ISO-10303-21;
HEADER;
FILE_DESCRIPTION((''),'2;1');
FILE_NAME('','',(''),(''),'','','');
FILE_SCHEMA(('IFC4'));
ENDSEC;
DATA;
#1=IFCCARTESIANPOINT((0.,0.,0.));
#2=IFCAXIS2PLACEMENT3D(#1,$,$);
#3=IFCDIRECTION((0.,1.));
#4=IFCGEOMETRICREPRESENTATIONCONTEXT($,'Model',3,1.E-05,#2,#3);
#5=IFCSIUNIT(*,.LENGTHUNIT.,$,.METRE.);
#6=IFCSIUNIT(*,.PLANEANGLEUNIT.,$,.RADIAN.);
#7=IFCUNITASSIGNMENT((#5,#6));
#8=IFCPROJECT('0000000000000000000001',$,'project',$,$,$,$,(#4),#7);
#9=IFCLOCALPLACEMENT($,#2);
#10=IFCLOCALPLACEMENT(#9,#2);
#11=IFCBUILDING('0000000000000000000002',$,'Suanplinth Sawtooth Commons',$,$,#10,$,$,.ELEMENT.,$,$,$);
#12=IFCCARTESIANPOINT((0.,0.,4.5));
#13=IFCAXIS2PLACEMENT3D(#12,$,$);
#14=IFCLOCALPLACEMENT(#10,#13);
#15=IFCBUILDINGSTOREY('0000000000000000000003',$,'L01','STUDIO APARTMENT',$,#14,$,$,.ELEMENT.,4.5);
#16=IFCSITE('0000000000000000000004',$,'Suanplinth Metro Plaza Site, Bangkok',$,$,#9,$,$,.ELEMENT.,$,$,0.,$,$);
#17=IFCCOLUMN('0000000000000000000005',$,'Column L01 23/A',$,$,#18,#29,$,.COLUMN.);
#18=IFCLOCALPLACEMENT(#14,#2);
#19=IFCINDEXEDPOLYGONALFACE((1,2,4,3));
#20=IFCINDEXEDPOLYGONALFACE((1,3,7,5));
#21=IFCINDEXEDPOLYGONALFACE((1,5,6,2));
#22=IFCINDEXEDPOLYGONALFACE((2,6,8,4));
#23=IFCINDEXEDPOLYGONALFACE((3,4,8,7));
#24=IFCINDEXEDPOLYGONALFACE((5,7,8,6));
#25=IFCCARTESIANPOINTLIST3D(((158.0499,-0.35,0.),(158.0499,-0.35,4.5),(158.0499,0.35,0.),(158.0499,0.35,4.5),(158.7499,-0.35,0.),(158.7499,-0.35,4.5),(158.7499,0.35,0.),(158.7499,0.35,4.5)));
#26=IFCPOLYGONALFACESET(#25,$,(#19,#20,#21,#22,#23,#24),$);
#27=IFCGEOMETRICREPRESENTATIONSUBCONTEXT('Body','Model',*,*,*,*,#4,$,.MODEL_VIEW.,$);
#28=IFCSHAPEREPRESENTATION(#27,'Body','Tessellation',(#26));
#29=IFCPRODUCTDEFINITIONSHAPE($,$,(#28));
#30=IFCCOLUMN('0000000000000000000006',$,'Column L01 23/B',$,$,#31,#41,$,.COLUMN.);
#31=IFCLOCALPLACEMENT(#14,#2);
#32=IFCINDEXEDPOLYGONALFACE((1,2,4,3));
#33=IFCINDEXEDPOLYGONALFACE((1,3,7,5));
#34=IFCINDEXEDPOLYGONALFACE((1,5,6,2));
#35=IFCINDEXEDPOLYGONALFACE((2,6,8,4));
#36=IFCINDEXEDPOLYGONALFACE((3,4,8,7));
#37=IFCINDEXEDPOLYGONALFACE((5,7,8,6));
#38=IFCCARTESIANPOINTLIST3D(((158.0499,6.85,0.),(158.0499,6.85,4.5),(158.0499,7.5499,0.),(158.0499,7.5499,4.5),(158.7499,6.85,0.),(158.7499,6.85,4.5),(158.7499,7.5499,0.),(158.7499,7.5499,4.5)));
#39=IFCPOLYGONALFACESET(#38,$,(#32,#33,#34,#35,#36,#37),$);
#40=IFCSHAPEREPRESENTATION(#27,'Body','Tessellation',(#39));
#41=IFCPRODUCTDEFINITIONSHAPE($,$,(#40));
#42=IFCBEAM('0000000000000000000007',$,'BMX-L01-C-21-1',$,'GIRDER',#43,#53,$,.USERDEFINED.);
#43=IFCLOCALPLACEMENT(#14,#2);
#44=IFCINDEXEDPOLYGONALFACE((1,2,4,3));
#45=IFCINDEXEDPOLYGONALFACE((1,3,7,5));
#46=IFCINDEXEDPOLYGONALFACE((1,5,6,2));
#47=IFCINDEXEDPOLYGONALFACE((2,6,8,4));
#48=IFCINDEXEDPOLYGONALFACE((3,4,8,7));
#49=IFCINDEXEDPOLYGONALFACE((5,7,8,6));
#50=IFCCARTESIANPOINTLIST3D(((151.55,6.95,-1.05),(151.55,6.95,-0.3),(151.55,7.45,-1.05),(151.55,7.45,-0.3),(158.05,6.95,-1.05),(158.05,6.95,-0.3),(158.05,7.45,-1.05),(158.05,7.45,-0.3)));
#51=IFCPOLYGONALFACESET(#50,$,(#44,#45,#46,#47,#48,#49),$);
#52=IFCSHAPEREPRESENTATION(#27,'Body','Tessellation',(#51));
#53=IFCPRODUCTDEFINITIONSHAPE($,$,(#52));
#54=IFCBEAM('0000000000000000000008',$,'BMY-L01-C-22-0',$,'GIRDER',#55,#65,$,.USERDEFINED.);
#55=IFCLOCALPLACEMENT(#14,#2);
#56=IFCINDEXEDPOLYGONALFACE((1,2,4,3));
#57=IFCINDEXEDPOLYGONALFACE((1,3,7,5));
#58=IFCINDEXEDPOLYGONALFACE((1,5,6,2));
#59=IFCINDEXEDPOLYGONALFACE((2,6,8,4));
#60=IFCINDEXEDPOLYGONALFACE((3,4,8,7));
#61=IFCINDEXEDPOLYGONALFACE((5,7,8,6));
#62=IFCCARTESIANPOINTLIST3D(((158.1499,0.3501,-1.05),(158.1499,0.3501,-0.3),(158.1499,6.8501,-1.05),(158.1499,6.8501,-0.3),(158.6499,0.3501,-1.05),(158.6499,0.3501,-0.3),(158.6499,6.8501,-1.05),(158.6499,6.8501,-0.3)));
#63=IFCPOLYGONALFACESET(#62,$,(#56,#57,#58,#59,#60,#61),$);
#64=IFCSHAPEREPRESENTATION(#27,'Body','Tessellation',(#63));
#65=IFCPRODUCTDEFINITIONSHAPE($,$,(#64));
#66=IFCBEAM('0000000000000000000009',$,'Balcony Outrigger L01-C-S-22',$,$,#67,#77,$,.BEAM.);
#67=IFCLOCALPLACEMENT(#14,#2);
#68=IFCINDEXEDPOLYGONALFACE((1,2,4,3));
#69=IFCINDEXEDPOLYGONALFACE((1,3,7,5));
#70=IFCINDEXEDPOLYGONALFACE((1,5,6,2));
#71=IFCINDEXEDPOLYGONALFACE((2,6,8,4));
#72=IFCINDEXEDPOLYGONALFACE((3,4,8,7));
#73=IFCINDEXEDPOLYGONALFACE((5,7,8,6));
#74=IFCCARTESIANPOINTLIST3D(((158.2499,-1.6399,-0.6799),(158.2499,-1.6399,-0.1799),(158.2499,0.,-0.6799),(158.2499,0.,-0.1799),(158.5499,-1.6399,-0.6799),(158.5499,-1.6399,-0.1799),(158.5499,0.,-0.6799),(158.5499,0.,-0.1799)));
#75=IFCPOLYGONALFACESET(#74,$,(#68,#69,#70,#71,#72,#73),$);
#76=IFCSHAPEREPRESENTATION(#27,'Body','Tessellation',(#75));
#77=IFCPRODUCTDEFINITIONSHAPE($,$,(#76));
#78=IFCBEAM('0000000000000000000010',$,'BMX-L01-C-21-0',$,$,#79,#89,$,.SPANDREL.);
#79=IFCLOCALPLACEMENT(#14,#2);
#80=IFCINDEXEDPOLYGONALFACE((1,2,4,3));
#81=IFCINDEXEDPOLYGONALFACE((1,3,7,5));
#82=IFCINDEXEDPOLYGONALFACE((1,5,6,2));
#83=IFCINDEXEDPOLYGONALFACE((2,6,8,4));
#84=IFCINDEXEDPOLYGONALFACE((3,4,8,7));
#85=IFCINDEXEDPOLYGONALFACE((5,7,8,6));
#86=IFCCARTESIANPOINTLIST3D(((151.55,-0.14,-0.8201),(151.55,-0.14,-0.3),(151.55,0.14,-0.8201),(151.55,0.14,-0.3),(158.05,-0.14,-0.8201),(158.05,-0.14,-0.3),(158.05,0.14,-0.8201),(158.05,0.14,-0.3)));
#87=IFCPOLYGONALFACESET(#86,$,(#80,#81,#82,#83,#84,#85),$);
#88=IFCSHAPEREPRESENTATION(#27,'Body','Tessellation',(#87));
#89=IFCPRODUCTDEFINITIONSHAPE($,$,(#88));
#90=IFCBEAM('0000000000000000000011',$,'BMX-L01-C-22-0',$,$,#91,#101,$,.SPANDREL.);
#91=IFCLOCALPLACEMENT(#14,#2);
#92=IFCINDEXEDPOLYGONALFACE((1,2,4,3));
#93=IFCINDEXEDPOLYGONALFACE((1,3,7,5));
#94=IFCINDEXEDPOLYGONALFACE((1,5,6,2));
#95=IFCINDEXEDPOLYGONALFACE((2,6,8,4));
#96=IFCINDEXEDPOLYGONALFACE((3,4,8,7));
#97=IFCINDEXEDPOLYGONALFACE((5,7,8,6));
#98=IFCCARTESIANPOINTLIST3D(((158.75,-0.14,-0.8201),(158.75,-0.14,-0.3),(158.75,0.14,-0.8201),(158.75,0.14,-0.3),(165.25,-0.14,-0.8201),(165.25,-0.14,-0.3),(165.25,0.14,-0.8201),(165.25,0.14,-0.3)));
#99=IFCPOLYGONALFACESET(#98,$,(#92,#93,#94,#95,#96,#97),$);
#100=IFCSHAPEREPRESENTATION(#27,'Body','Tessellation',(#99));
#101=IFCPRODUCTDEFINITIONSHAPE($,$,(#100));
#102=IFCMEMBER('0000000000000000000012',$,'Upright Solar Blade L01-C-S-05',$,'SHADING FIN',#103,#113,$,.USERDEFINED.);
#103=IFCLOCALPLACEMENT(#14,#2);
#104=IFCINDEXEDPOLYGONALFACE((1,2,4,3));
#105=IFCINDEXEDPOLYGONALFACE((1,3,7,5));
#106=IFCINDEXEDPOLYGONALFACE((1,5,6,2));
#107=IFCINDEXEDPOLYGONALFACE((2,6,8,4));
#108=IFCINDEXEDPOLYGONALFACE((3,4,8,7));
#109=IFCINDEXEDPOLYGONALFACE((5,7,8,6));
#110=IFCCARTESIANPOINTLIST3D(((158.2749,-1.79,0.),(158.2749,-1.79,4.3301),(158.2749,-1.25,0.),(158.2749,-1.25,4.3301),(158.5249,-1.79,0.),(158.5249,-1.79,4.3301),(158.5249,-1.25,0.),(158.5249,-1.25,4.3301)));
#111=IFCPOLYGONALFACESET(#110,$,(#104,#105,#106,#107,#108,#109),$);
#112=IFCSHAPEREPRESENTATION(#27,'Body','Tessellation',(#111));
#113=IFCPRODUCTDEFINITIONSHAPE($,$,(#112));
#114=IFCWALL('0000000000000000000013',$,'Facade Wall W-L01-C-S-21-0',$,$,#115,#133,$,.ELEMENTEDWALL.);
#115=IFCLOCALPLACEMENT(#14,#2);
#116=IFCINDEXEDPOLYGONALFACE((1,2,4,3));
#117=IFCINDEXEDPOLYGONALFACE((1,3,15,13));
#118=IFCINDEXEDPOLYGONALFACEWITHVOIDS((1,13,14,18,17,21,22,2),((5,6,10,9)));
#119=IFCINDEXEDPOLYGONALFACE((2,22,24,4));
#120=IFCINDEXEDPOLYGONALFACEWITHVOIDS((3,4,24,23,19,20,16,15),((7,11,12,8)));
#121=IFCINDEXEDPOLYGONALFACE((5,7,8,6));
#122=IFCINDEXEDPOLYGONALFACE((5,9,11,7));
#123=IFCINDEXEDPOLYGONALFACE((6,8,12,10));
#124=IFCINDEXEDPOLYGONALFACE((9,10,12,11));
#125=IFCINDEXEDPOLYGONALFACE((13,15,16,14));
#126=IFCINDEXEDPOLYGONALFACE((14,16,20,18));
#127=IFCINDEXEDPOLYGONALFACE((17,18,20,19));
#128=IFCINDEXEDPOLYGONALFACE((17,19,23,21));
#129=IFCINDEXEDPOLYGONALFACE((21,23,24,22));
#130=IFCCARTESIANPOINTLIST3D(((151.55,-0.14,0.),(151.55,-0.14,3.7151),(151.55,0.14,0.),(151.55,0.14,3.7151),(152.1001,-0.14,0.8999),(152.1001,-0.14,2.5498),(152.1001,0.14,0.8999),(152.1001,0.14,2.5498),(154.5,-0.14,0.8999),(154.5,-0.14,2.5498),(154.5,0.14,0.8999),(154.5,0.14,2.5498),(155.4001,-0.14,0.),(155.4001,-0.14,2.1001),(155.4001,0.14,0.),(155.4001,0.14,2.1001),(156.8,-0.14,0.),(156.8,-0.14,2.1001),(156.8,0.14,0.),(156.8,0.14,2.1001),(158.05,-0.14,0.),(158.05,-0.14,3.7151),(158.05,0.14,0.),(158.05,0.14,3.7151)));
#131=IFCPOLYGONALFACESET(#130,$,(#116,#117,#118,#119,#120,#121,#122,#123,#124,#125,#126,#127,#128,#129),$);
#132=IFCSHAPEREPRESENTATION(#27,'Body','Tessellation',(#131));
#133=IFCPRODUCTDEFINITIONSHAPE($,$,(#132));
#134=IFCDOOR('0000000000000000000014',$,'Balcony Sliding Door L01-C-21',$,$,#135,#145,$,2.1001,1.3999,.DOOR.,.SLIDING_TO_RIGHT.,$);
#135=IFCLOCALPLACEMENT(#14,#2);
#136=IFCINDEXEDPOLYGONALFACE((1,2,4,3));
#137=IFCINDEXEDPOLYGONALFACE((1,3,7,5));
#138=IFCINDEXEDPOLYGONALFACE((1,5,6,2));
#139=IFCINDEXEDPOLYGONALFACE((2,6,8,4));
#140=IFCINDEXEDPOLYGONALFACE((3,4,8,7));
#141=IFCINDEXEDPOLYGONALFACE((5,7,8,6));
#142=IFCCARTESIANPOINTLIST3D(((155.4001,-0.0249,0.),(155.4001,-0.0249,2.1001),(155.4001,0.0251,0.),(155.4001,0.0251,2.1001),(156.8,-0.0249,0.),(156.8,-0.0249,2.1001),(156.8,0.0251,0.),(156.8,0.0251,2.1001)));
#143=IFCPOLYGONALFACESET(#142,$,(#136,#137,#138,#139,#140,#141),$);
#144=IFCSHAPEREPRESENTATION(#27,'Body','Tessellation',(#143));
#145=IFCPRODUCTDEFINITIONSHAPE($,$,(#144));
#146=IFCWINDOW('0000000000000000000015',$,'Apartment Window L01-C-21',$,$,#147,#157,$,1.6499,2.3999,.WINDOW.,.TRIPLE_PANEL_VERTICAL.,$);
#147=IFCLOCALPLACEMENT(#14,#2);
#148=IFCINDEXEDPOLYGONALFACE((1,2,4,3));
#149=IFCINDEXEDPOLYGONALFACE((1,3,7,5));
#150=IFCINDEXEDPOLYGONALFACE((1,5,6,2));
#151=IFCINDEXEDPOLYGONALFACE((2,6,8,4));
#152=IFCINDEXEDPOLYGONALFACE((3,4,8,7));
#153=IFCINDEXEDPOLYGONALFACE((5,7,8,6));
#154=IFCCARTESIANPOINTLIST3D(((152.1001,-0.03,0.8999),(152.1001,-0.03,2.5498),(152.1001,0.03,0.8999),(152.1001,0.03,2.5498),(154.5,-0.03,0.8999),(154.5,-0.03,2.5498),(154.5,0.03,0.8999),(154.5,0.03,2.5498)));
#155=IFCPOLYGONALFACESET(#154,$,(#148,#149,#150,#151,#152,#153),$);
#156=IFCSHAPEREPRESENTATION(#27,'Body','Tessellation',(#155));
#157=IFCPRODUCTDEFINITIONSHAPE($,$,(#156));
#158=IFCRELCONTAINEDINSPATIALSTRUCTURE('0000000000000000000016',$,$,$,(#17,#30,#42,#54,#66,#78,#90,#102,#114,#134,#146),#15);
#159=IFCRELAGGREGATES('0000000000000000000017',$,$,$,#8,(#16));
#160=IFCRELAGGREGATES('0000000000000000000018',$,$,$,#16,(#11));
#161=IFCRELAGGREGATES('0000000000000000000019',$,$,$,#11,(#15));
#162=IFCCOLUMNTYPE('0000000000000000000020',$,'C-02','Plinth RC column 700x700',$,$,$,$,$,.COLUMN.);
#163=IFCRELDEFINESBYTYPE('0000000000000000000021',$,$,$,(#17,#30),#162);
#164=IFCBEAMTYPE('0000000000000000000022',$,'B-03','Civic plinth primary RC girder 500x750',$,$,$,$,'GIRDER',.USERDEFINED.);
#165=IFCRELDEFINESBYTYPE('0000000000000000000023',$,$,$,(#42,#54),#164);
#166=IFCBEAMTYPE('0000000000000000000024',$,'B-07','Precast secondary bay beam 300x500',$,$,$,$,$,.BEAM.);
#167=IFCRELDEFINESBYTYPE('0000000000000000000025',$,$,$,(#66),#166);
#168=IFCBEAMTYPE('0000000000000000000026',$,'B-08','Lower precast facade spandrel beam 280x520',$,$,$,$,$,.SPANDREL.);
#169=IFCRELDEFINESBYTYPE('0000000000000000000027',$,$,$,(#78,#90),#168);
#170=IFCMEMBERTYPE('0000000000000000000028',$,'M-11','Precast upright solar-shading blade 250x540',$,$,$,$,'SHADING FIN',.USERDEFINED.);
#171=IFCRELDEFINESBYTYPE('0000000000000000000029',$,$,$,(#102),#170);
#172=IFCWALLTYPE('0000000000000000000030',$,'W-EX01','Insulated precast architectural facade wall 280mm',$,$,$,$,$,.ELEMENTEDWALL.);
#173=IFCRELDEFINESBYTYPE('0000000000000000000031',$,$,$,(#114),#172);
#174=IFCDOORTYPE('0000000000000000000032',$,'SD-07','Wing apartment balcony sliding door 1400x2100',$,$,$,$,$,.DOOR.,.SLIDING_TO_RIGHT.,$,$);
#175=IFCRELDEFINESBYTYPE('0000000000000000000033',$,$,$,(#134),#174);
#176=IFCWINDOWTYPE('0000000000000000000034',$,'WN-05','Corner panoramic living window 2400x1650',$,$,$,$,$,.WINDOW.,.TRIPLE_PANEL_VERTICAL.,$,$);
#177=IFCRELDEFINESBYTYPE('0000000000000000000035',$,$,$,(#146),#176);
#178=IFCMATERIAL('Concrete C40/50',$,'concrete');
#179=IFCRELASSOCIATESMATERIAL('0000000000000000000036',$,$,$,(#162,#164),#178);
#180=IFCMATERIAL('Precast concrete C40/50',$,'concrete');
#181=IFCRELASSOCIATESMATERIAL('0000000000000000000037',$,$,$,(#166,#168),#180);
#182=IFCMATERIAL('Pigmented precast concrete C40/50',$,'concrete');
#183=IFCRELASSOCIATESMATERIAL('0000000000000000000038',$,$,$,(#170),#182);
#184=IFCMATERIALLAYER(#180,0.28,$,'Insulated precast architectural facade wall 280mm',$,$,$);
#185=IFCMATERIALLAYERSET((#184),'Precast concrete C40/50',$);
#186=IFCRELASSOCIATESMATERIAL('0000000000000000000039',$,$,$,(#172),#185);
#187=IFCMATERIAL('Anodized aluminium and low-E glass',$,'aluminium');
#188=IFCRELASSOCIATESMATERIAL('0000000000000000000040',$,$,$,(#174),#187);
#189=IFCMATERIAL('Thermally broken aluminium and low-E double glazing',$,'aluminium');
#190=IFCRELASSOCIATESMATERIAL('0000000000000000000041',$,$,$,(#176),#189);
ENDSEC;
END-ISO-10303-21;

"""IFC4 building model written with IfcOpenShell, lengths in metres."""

from ifc_helpers import new_model, si_unit, direction, frame, frame_2d, origin, origin_2d, place, context, subcontext, project, spatial, rectangle, extrude, material, layer, layer_set, material_profile, profile_set, type_object, element, fill, save


model = new_model("IFC4")

# Units and contexts
model_context = context("Model", 3, precision=1e-05, world=origin(), true_north=direction((0.0, 1.0)))
body_context = subcontext(model_context, "Body", "Model", "MODEL_VIEW")
ifc_project = project(units=[si_unit("LENGTHUNIT", "METRE"), si_unit("PLANEANGLEUNIT", "RADIAN")], contexts=[model_context])

# Site, building, storey
site_placement = place(None, origin())
site = spatial("IfcSite", under=ifc_project, at=site_placement, Name="Suanplinth Metro Plaza Site, Bangkok", CompositionType="ELEMENT", RefElevation=0.0)
building_placement = place(site_placement, origin())
building = spatial("IfcBuilding", under=site, at=building_placement, Name="Suanplinth Sawtooth Commons", CompositionType="ELEMENT")
storey_placement = place(building_placement, frame((0.0, 0.0, 4.5)))
storey = spatial("IfcBuildingStorey", under=building, at=storey_placement, Name="L01", Description="STUDIO APARTMENT", CompositionType="ELEMENT", Elevation=4.5)

# Columns
ifc_material_1 = material(Name="Concrete C40/50", Category="concrete")
ifc_material_profile_1 = material_profile(ifc_material_1, rectangle(XDim=0.7, YDim=0.7, at=origin_2d()), Name="RC-COL 700x700")
ifc_profile_set_1 = profile_set([ifc_material_profile_1], Name="Concrete C40/50")
column_type = type_object("IfcColumnType", Name="C-02", Description="Plinth RC column 700x700", PredefinedType="COLUMN", material=ifc_profile_set_1)
for number, where, z_axis, x_axis, name in (
    (1, (158.3999, 0.0, 0.0), (0.0, 0.0, 1.0), (1.0, 0.0, 0.0), "Column L01 23/A"),
    (2, (158.3999, 7.2, 0.0), (0.0, 0.0, 1.0), (1.0, 0.0, 0.0), "Column L01 23/B"),
):
    element("IfcColumn", number, at=place(storey_placement, frame(where, z_axis=z_axis, x_axis=x_axis)), inside=storey, type_object=column_type, Name=name, PredefinedType="COLUMN", context=body_context, shape_type="SweptSolid", body=[
        extrude(rectangle(XDim=0.7, YDim=0.7, at=origin_2d()), origin(), (0.0, 0.0, 1.0), 4.5),
    ])

# Beams
ifc_material_profile_2 = material_profile(ifc_material_1, rectangle(XDim=0.5, YDim=0.75, at=origin_2d()), Name="RC-GDR 500x750")
ifc_profile_set_2 = profile_set([ifc_material_profile_2], Name="Concrete C40/50")
beam_type_1 = type_object("IfcBeamType", Name="B-03", Description="Civic plinth primary RC girder 500x750", ElementType="GIRDER", PredefinedType="USERDEFINED", material=ifc_profile_set_2)
for number, where, z_axis, x_axis, name in (
    (3, (151.55, 7.2, -0.675), (1.0, 0.0, 0.0), (0.0, 1.0, 0.0), "BMX-L01-C-21-1"),
    (4, (158.3999, 0.3501, -0.675), (0.0, 1.0, 0.0), (-1.0, 0.0, 0.0), "BMY-L01-C-22-0"),
):
    element("IfcBeam", number, at=place(storey_placement, frame(where, z_axis=z_axis, x_axis=x_axis)), inside=storey, type_object=beam_type_1, Name=name, ObjectType="GIRDER", PredefinedType="USERDEFINED", context=body_context, shape_type="SweptSolid", body=[
        extrude(rectangle(XDim=0.5, YDim=0.75, at=origin_2d()), origin(), (0.0, 0.0, 1.0), 6.5),
    ])
ifc_material_2 = material(Name="Precast concrete C40/50", Category="concrete")
ifc_material_profile_3 = material_profile(ifc_material_2, rectangle(XDim=0.3, YDim=0.5, at=origin_2d()), Name="PC-BM 300x500")
ifc_profile_set_3 = profile_set([ifc_material_profile_3], Name="Precast concrete C40/50")
beam_type_2 = type_object("IfcBeamType", Name="B-07", Description="Precast secondary bay beam 300x500", PredefinedType="BEAM", material=ifc_profile_set_3)
beam_placement = place(storey_placement, frame((158.3999, 0.0, -0.4299), z_axis=(0.0, -1.0, 0.0), x_axis=(1.0, 0.0, 0.0)))
element("IfcBeam", 5, at=beam_placement, inside=storey, type_object=beam_type_2, Name="Balcony Outrigger L01-C-S-22", PredefinedType="BEAM", context=body_context, shape_type="SweptSolid", body=[
    extrude(rectangle(XDim=0.3, YDim=0.5, at=origin_2d()), origin(), (0.0, 0.0, 1.0), 1.6399),
])
ifc_material_profile_4 = material_profile(ifc_material_2, rectangle(XDim=0.28, YDim=0.52, at=origin_2d()), Name="PC-SP 280x520")
ifc_profile_set_4 = profile_set([ifc_material_profile_4], Name="Precast concrete C40/50")
beam_type_3 = type_object("IfcBeamType", Name="B-08", Description="Lower precast facade spandrel beam 280x520", PredefinedType="SPANDREL", material=ifc_profile_set_4)
for number, where, z_axis, x_axis, name in (
    (6, (151.55, 0.0, -0.5601), (1.0, 0.0, 0.0), (0.0, 1.0, 0.0), "BMX-L01-C-21-0"),
    (7, (158.75, 0.0, -0.5601), (1.0, 0.0, 0.0), (0.0, 1.0, 0.0), "BMX-L01-C-22-0"),
):
    element("IfcBeam", number, at=place(storey_placement, frame(where, z_axis=z_axis, x_axis=x_axis)), inside=storey, type_object=beam_type_3, Name=name, PredefinedType="SPANDREL", context=body_context, shape_type="SweptSolid", body=[
        extrude(rectangle(XDim=0.28, YDim=0.52, at=origin_2d()), origin(), (0.0, 0.0, 1.0), 6.5),
    ])

# Member
ifc_material_3 = material(Name="Pigmented precast concrete C40/50", Category="concrete")
ifc_material_profile_5 = material_profile(ifc_material_3, rectangle(XDim=0.25, YDim=0.54, at=origin_2d()), Name="PC-FIN 250x540")
ifc_profile_set_5 = profile_set([ifc_material_profile_5], Name="Pigmented precast concrete C40/50")
member_type = type_object("IfcMemberType", Name="M-11", Description="Precast upright solar-shading blade 250x540", ElementType="SHADING FIN", PredefinedType="USERDEFINED", material=ifc_profile_set_5)
member_placement = place(storey_placement, frame((158.3999, -1.52, 0.0), z_axis=(0.0, 0.0, 1.0), x_axis=(1.0, 0.0, 0.0)))
element("IfcMember", 8, at=member_placement, inside=storey, type_object=member_type, Name="Upright Solar Blade L01-C-S-05", ObjectType="SHADING FIN", PredefinedType="USERDEFINED", context=body_context, shape_type="SweptSolid", body=[
    extrude(rectangle(XDim=0.25, YDim=0.54, at=origin_2d()), origin(), (0.0, 0.0, 1.0), 4.3301),
])

# Wall, openings, door, window
ifc_layer_1 = layer(ifc_material_2, 0.28, Name="Insulated precast architectural facade wall 280mm")
ifc_layer_set_1 = layer_set([ifc_layer_1], Name="Precast concrete C40/50")
wall_type_1 = type_object("IfcWallType", Name="W-EX01", Description="Insulated precast architectural facade wall 280mm", PredefinedType="ELEMENTEDWALL", material=ifc_layer_set_1)
wall_1_placement = place(storey_placement, frame((151.55, 0.0, 0.0), z_axis=(0.0, 0.0, 1.0), x_axis=(1.0, 0.0, 0.0)))
wall_1 = element("IfcWall", 9, at=wall_1_placement, inside=storey, type_object=wall_type_1, Name="Facade Wall W-L01-C-S-21-0", PredefinedType="ELEMENTEDWALL", context=body_context, shape_type="SweptSolid", body=[
    extrude(rectangle(XDim=6.5, YDim=0.28, at=frame_2d((3.25, 0.0))), origin(), (0.0, 0.0, 1.0), 3.7151),
])
opening_1_placement = place(wall_1_placement, frame((3.8501, 0.0, 0.0)))
opening_1 = element("IfcOpeningElement", 10, at=opening_1_placement, cuts=wall_1, PredefinedType="OPENING", context=body_context, shape_type="SweptSolid", body=[
    extrude(rectangle(XDim=1.3999, YDim=2.1001, at=frame_2d((0.7, 1.05))), frame((0.0, 0.1548, 0.0), z_axis=(0.0, -1.0, 0.0), x_axis=(1.0, 0.0, 0.0)), (0.0, 0.0, 1.0), 0.3098),
])
opening_2_placement = place(wall_1_placement, frame((0.55, 0.0, 0.8999)))
opening_2 = element("IfcOpeningElement", 11, at=opening_2_placement, cuts=wall_1, PredefinedType="OPENING", context=body_context, shape_type="SweptSolid", body=[
    extrude(rectangle(XDim=2.3999, YDim=1.6499, at=frame_2d((1.2, 0.825))), frame((0.0, 0.1548, 0.0), z_axis=(0.0, -1.0, 0.0), x_axis=(1.0, 0.0, 0.0)), (0.0, 0.0, 1.0), 0.3098),
])
ifc_material_4 = material(Name="Anodized aluminium and low-E glass", Category="aluminium")
door_type_1 = type_object("IfcDoorType", Name="SD-07", Description="Wing apartment balcony sliding door 1400x2100", OperationType="SLIDING_TO_RIGHT", PredefinedType="DOOR", material=ifc_material_4)
door_1_placement = place(opening_1_placement, frame((1.3999, 0.0, 0.0), z_axis=(0.0, 0.0, 1.0), x_axis=(-1.0, 0.0, 0.0)))
door_1 = element("IfcDoor", 12, at=door_1_placement, inside=storey, type_object=door_type_1, Name="Balcony Sliding Door L01-C-21", OperationType="SLIDING_TO_RIGHT", OverallHeight=2.1001, OverallWidth=1.3999, PredefinedType="DOOR", context=body_context, shape_type="SweptSolid", body=[
    extrude(rectangle(XDim=1.3999, YDim=2.1001, at=frame_2d((0.7, 1.05))), frame((0.0, 0.0249, 0.0), z_axis=(0.0, -1.0, 0.0), x_axis=(1.0, 0.0, 0.0)), (0.0, 0.0, 1.0), 0.05),
])
fill(opening_1, door_1)
ifc_material_5 = material(Name="Thermally broken aluminium and low-E double glazing", Category="aluminium")
window_type_1 = type_object("IfcWindowType", Name="WN-05", Description="Corner panoramic living window 2400x1650", PartitioningType="TRIPLE_PANEL_VERTICAL", PredefinedType="WINDOW", material=ifc_material_5)
window_1_placement = place(opening_2_placement, origin())
window_1 = element("IfcWindow", 13, at=window_1_placement, inside=storey, type_object=window_type_1, Name="Apartment Window L01-C-21", OverallHeight=1.6499, OverallWidth=2.3999, PartitioningType="TRIPLE_PANEL_VERTICAL", PredefinedType="WINDOW", context=body_context, shape_type="SweptSolid", body=[
    extrude(rectangle(XDim=2.3999, YDim=1.6499, at=frame_2d((1.2, 0.825))), frame((0.0, 0.03, 0.0), z_axis=(0.0, -1.0, 0.0), x_axis=(1.0, 0.0, 0.0)), (0.0, 0.0, 1.0), 0.0601),
])
fill(opening_2, window_1)

save(model, "model.ifc")
